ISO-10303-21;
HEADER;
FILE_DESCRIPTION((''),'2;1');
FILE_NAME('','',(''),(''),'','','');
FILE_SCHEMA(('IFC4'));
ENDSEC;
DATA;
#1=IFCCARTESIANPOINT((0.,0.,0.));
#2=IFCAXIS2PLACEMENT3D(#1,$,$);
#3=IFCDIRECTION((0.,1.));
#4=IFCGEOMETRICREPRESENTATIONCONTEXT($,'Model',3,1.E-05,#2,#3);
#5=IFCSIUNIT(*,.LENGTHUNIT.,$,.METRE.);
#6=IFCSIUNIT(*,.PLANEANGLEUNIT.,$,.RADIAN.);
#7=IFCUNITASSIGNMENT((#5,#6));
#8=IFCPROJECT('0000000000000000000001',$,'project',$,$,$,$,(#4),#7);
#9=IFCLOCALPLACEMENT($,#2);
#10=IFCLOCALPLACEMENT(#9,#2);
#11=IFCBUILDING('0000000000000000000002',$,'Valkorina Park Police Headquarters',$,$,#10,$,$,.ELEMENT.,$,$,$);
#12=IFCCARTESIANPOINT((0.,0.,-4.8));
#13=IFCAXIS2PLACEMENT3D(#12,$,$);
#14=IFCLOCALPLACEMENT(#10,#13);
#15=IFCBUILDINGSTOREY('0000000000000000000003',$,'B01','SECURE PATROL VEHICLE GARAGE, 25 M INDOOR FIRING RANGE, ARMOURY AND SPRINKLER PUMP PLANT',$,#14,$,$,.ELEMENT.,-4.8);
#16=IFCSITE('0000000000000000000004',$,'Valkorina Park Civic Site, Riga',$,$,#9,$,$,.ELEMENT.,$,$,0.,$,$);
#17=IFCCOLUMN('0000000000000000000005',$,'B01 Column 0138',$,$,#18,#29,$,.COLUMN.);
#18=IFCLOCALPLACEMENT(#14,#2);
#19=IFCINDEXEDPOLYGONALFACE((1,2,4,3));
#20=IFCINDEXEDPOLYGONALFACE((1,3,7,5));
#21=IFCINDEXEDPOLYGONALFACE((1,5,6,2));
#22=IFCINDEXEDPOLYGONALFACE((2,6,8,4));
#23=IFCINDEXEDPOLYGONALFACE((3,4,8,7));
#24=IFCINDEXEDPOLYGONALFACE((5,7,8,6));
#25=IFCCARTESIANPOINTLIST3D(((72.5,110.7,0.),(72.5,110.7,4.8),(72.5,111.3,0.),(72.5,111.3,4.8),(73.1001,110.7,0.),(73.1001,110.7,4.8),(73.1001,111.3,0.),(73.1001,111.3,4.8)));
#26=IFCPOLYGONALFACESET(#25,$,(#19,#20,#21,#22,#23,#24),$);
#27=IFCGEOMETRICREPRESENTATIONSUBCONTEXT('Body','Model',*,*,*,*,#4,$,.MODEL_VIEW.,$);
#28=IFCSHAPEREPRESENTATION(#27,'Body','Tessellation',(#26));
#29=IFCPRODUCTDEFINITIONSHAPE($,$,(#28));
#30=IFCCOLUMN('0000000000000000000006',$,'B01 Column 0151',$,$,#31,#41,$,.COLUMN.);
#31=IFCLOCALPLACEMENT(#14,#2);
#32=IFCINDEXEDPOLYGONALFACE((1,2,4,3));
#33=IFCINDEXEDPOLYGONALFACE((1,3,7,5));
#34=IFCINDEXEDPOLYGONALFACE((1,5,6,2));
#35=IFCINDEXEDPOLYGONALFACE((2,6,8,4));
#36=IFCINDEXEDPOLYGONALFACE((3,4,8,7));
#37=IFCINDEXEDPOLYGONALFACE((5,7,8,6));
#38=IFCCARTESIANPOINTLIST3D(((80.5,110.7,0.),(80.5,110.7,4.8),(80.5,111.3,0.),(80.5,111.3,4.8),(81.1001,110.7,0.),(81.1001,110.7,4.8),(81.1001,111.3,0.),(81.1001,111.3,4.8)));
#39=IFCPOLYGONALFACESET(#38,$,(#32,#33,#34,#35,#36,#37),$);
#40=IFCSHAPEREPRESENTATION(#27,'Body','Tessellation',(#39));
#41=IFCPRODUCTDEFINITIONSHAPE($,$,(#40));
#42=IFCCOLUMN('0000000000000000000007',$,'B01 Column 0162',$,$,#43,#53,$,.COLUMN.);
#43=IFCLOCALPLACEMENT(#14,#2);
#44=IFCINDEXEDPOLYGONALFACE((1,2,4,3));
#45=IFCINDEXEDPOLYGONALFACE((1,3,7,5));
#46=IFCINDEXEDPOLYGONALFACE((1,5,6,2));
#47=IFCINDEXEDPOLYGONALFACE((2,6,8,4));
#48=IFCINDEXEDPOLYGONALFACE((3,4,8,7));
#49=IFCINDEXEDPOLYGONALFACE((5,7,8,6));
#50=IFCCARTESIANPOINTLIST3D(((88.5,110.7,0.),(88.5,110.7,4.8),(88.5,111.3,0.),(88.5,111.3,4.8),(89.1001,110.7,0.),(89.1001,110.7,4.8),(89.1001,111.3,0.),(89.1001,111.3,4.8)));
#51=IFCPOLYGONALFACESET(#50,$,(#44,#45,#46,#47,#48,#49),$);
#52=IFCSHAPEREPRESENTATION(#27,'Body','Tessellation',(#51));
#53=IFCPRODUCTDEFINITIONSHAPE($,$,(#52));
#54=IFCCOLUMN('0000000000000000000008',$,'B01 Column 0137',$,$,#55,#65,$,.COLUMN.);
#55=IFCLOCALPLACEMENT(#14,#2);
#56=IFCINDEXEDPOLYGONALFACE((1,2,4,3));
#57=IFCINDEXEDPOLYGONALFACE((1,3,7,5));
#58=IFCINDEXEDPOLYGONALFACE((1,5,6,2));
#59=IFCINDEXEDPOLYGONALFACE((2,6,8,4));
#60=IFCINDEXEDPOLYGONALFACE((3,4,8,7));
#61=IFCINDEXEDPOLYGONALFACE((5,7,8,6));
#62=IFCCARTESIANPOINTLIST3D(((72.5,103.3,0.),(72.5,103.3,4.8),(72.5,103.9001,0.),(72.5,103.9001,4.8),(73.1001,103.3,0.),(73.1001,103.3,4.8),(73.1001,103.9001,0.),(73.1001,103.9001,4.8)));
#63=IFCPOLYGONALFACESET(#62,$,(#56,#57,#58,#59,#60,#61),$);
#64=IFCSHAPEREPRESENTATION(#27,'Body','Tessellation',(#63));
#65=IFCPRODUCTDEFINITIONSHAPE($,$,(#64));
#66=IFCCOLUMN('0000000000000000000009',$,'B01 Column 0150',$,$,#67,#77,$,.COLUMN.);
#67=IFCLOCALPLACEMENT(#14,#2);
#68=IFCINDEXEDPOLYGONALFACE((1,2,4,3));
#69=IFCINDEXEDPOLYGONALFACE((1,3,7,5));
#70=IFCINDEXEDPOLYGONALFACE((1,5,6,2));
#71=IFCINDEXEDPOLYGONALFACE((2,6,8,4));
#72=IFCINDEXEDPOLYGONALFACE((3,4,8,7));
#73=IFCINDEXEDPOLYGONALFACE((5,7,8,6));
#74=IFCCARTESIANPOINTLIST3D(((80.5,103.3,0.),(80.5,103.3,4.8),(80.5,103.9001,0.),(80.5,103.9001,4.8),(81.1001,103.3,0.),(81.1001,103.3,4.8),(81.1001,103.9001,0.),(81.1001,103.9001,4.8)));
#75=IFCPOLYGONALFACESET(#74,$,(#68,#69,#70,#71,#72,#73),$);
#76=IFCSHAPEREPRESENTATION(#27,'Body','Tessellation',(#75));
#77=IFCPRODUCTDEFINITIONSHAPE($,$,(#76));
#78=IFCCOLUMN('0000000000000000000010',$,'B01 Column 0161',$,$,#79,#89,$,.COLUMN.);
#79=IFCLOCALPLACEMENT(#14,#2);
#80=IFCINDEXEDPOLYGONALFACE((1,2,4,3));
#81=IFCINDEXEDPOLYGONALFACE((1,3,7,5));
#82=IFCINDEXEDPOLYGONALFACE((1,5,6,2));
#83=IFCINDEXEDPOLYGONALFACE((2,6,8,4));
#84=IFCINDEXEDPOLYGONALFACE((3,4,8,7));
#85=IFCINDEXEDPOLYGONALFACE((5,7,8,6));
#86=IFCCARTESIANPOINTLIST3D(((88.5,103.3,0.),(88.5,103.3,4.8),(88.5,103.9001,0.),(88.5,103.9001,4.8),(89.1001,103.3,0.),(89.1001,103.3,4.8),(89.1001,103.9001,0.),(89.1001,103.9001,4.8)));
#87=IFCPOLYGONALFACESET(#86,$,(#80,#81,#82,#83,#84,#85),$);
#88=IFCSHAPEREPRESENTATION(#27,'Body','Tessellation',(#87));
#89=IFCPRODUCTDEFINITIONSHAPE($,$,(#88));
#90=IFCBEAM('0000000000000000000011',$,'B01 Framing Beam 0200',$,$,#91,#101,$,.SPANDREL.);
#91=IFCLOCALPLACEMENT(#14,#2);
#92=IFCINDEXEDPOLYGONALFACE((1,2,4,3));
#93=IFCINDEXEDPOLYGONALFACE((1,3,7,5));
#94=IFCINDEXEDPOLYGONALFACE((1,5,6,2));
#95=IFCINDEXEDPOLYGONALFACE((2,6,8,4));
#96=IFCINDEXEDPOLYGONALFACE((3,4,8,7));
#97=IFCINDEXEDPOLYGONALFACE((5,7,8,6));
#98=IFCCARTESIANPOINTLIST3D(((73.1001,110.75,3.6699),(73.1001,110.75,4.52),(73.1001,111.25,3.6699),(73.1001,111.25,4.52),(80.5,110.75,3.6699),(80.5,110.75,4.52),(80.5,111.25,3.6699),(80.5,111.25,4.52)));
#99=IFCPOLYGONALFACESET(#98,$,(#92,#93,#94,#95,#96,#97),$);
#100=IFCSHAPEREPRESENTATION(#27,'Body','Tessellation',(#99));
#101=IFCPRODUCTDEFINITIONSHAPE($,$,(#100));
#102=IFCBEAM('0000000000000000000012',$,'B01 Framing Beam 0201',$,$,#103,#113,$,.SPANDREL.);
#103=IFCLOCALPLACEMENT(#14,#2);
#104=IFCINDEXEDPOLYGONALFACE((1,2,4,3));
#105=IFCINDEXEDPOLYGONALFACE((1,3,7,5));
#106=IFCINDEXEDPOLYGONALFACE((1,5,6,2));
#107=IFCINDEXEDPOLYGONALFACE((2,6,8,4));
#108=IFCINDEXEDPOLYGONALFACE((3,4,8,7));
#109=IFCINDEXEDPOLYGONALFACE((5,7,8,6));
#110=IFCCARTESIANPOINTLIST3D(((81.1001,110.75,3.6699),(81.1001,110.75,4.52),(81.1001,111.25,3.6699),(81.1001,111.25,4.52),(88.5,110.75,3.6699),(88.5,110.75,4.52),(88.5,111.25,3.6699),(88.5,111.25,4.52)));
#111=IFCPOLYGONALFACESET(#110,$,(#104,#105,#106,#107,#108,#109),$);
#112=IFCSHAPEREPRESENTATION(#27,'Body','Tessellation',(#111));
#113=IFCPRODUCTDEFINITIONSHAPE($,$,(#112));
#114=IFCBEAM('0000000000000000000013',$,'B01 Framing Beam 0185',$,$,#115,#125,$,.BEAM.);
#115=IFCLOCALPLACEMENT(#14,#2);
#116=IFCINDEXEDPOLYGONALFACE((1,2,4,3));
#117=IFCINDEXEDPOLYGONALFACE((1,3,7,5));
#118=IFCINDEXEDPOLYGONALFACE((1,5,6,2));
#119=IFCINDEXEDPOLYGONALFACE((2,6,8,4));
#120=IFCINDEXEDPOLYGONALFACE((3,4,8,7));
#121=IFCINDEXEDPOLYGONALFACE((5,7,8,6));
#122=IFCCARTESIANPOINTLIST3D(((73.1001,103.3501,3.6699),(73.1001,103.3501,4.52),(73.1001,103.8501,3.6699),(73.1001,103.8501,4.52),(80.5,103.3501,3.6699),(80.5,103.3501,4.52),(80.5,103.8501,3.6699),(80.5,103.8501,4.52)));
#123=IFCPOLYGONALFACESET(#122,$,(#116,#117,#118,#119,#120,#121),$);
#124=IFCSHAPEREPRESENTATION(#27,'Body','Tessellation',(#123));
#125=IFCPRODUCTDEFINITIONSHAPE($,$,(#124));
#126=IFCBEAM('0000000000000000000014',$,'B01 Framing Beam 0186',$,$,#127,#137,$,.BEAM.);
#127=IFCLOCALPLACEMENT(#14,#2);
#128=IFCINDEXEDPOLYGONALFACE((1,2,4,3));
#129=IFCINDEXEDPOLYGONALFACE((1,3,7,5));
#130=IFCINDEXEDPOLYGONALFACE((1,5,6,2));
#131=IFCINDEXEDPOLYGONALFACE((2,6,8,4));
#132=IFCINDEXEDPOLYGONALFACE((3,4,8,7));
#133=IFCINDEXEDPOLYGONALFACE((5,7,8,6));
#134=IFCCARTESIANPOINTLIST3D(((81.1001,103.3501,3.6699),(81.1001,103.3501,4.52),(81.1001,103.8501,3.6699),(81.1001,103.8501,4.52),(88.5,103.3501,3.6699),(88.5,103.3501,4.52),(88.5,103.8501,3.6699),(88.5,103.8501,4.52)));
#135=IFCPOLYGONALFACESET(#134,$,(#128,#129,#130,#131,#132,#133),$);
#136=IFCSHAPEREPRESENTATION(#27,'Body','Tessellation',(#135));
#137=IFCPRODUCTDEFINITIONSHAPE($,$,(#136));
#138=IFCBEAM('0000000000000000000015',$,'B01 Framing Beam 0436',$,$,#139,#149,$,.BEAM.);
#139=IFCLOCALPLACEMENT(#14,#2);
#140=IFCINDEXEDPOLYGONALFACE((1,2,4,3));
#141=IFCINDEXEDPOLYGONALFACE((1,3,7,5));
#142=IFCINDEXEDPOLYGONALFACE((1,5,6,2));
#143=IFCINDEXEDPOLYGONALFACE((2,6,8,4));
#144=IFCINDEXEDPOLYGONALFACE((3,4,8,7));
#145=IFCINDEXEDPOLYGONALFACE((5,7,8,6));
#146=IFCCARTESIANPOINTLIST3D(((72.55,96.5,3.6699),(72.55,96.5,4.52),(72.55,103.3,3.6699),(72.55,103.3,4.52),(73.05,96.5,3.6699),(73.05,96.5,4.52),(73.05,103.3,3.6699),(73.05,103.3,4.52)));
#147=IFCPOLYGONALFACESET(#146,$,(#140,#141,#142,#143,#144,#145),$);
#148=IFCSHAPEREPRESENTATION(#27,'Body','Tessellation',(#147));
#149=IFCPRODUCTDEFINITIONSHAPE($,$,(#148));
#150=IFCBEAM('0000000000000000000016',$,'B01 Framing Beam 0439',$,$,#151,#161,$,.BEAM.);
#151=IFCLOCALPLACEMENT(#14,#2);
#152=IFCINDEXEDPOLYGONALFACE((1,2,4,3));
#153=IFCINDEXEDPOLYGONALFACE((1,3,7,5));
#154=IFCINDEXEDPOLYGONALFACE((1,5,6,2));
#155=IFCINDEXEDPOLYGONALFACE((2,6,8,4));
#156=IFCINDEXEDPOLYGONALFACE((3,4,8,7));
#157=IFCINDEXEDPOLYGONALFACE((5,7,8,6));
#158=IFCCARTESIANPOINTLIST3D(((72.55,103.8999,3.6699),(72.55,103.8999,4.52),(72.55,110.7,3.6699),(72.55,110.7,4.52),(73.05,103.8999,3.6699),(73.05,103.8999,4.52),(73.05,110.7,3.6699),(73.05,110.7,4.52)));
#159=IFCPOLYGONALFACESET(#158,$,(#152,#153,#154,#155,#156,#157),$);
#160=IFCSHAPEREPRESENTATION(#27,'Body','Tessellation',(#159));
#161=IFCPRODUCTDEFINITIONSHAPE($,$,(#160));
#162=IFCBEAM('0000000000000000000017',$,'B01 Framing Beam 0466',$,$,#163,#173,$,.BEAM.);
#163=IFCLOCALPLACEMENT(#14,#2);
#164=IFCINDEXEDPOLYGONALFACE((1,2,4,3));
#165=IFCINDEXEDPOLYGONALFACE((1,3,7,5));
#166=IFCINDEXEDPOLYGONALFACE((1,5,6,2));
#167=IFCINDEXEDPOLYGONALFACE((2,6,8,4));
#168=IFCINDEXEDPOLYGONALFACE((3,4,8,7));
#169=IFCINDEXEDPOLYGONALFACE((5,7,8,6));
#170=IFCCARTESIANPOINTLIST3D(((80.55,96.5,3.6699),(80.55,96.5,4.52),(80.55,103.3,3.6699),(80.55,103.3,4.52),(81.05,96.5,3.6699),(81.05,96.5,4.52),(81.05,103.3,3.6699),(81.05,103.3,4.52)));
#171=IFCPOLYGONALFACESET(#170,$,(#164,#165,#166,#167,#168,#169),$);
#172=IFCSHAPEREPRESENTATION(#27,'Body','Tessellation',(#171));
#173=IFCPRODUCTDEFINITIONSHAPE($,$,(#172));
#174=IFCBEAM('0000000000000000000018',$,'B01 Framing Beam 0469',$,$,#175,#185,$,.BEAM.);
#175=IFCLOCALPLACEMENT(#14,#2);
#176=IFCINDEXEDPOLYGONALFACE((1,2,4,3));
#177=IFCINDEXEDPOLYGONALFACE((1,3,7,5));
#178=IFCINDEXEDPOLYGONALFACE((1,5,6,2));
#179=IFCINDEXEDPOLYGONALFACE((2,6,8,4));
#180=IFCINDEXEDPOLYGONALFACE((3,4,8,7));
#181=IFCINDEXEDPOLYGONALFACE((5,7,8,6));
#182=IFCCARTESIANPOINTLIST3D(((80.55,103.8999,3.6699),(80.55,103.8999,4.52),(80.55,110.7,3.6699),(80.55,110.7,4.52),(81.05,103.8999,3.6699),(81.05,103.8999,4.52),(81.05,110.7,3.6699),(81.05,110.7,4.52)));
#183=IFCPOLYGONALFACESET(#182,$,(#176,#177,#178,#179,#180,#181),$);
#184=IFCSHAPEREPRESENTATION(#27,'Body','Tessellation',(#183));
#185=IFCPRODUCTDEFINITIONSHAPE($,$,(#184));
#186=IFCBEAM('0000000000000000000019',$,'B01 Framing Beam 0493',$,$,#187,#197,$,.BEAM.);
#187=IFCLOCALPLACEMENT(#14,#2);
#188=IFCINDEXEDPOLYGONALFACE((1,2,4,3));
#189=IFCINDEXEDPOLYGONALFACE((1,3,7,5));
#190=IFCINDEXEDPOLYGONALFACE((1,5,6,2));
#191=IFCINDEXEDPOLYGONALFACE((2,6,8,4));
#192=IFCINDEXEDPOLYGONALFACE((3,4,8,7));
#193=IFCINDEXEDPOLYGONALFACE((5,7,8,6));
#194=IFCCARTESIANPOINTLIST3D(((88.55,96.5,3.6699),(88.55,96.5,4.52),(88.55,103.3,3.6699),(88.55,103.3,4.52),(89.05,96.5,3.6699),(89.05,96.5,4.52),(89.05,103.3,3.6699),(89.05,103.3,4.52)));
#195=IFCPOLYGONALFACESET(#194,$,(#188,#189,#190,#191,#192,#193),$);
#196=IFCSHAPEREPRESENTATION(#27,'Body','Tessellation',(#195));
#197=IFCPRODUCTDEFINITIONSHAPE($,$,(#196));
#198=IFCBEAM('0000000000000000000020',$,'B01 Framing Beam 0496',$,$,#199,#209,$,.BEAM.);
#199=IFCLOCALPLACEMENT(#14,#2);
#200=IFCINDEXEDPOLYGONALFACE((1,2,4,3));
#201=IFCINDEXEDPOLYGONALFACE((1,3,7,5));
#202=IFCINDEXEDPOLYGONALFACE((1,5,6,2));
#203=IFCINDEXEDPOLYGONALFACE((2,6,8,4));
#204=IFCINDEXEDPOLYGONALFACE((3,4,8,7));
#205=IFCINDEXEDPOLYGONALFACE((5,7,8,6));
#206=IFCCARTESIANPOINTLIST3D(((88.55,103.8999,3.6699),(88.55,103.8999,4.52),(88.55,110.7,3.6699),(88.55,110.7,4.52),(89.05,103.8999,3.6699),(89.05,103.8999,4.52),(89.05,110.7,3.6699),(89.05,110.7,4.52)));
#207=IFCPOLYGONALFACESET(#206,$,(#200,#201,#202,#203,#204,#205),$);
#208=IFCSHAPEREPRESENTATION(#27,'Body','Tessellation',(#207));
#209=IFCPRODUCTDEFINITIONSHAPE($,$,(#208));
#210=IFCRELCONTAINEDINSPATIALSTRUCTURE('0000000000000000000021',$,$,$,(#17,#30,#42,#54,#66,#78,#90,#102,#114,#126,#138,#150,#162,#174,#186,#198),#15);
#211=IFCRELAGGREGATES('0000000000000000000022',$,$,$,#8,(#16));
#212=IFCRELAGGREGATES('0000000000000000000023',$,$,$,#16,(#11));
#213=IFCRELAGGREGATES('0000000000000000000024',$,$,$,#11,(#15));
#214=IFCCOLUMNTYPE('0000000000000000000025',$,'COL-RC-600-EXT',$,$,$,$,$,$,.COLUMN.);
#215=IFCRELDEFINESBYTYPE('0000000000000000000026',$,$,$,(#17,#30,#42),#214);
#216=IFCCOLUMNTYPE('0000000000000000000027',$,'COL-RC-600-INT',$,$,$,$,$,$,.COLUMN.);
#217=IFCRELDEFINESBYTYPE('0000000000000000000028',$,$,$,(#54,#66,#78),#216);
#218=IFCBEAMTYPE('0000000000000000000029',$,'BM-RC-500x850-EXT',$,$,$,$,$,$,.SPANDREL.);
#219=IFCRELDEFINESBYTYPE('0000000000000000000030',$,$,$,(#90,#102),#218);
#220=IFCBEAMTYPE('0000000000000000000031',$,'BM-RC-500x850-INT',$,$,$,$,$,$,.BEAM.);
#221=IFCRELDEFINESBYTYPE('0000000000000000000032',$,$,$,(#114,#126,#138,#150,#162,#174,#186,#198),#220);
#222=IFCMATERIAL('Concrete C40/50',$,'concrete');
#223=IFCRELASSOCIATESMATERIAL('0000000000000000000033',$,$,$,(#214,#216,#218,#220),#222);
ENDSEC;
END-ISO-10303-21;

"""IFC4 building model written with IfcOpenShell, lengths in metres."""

from ifc_helpers import new_model, si_unit, direction, frame, origin, origin_2d, place, context, subcontext, project, spatial, rectangle, extrude, material, material_profile, profile_set, type_object, element, save


model = new_model("IFC4")

# Units and contexts
model_context = context("Model", 3, precision=1e-05, world=origin(), true_north=direction((0.0, 1.0)))
body_context = subcontext(model_context, "Body", "Model", "MODEL_VIEW")
ifc_project = project(units=[si_unit("LENGTHUNIT", "METRE"), si_unit("PLANEANGLEUNIT", "RADIAN")], contexts=[model_context])

# Site, building, storey
site_placement = place(None, origin())
site = spatial("IfcSite", under=ifc_project, at=site_placement, Name="Valkorina Park Civic Site, Riga", CompositionType="ELEMENT", RefElevation=0.0)
building_placement = place(site_placement, origin())
building = spatial("IfcBuilding", under=site, at=building_placement, Name="Valkorina Park Police Headquarters", CompositionType="ELEMENT")
storey_placement = place(building_placement, frame((0.0, 0.0, -4.8)))
storey = spatial("IfcBuildingStorey", under=building, at=storey_placement, Name="B01", Description="SECURE PATROL VEHICLE GARAGE, 25 M INDOOR FIRING RANGE, ARMOURY AND SPRINKLER PUMP PLANT", CompositionType="ELEMENT", Elevation=-4.8)

# Columns
ifc_material_1 = material(Name="Concrete C40/50", Category="concrete")
ifc_material_profile_1 = material_profile(ifc_material_1, rectangle(XDim=0.6001, YDim=0.6001, at=origin_2d()), Name="RC COL 600x600")
ifc_profile_set_1 = profile_set([ifc_material_profile_1], Name="Concrete C40/50")
column_type_1 = type_object("IfcColumnType", Name="COL-RC-600-EXT", PredefinedType="COLUMN", material=ifc_profile_set_1)
for number, where, z_axis, x_axis, name in (
    (1, (72.8, 111.0, 0.0), (0.0, 0.0, 1.0), (1.0, 0.0, 0.0), "B01 Column 0138"),
    (2, (80.8, 111.0, 0.0), (0.0, 0.0, 1.0), (1.0, 0.0, 0.0), "B01 Column 0151"),
    (3, (88.8, 111.0, 0.0), (0.0, 0.0, 1.0), (1.0, 0.0, 0.0), "B01 Column 0162"),
):
    element("IfcColumn", number, at=place(storey_placement, frame(where, z_axis=z_axis, x_axis=x_axis)), inside=storey, type_object=column_type_1, Name=name, PredefinedType="COLUMN", context=body_context, shape_type="SweptSolid", body=[
        extrude(rectangle(XDim=0.6001, YDim=0.6001, at=origin_2d()), origin(), (0.0, 0.0, 1.0), 4.8),
    ])
ifc_material_profile_2 = material_profile(ifc_material_1, rectangle(XDim=0.6001, YDim=0.6001, at=origin_2d()), Name="RC COL 600x600")
ifc_profile_set_2 = profile_set([ifc_material_profile_2], Name="Concrete C40/50")
column_type_2 = type_object("IfcColumnType", Name="COL-RC-600-INT", PredefinedType="COLUMN", material=ifc_profile_set_2)
for number, where, z_axis, x_axis, name in (
    (4, (72.8, 103.6001, 0.0), (0.0, 0.0, 1.0), (1.0, 0.0, 0.0), "B01 Column 0137"),
    (5, (80.8, 103.6001, 0.0), (0.0, 0.0, 1.0), (1.0, 0.0, 0.0), "B01 Column 0150"),
    (6, (88.8, 103.6001, 0.0), (0.0, 0.0, 1.0), (1.0, 0.0, 0.0), "B01 Column 0161"),
):
    element("IfcColumn", number, at=place(storey_placement, frame(where, z_axis=z_axis, x_axis=x_axis)), inside=storey, type_object=column_type_2, Name=name, PredefinedType="COLUMN", context=body_context, shape_type="SweptSolid", body=[
        extrude(rectangle(XDim=0.6001, YDim=0.6001, at=origin_2d()), origin(), (0.0, 0.0, 1.0), 4.8),
    ])

# Beams
ifc_material_profile_3 = material_profile(ifc_material_1, rectangle(XDim=0.5, YDim=0.8501, at=origin_2d()), Name="RC BEAM 500x850")
ifc_profile_set_3 = profile_set([ifc_material_profile_3], Name="Concrete C40/50")
beam_type_1 = type_object("IfcBeamType", Name="BM-RC-500x850-EXT", PredefinedType="SPANDREL", material=ifc_profile_set_3)
for number, where, z_axis, x_axis, name in (
    (7, (73.1001, 111.0, 4.095), (1.0, 0.0, 0.0), (0.0, 1.0, 0.0), "B01 Framing Beam 0200"),
    (8, (81.1001, 111.0, 4.095), (1.0, 0.0, 0.0), (0.0, 1.0, 0.0), "B01 Framing Beam 0201"),
):
    element("IfcBeam", number, at=place(storey_placement, frame(where, z_axis=z_axis, x_axis=x_axis)), inside=storey, type_object=beam_type_1, Name=name, PredefinedType="SPANDREL", context=body_context, shape_type="SweptSolid", body=[
        extrude(rectangle(XDim=0.5, YDim=0.8501, at=origin_2d()), origin(), (0.0, 0.0, 1.0), 7.3999),
    ])
ifc_material_profile_4 = material_profile(ifc_material_1, rectangle(XDim=0.5, YDim=0.8501, at=origin_2d()), Name="RC BEAM 500x850")
ifc_profile_set_4 = profile_set([ifc_material_profile_4], Name="Concrete C40/50")
beam_type_2 = type_object("IfcBeamType", Name="BM-RC-500x850-INT", PredefinedType="BEAM", material=ifc_profile_set_4)
for number, where, z_axis, x_axis, name in (
    (9, (73.1001, 103.6001, 4.095), (1.0, 0.0, 0.0), (0.0, 1.0, 0.0), "B01 Framing Beam 0185"),
    (10, (81.1001, 103.6001, 4.095), (1.0, 0.0, 0.0), (0.0, 1.0, 0.0), "B01 Framing Beam 0186"),
):
    element("IfcBeam", number, at=place(storey_placement, frame(where, z_axis=z_axis, x_axis=x_axis)), inside=storey, type_object=beam_type_2, Name=name, PredefinedType="BEAM", context=body_context, shape_type="SweptSolid", body=[
        extrude(rectangle(XDim=0.5, YDim=0.8501, at=origin_2d()), origin(), (0.0, 0.0, 1.0), 7.3999),
    ])
for number, where, z_axis, x_axis, name in (
    (11, (72.8, 96.5, 4.095), (0.0, 1.0, 0.0), (-1.0, 0.0, 0.0), "B01 Framing Beam 0436"),
    (12, (72.8, 103.8999, 4.095), (0.0, 1.0, 0.0), (-1.0, 0.0, 0.0), "B01 Framing Beam 0439"),
    (13, (80.8, 96.5, 4.095), (0.0, 1.0, 0.0), (-1.0, 0.0, 0.0), "B01 Framing Beam 0466"),
    (14, (80.8, 103.8999, 4.095), (0.0, 1.0, 0.0), (-1.0, 0.0, 0.0), "B01 Framing Beam 0469"),
    (15, (88.8, 96.5, 4.095), (0.0, 1.0, 0.0), (-1.0, 0.0, 0.0), "B01 Framing Beam 0493"),
    (16, (88.8, 103.8999, 4.095), (0.0, 1.0, 0.0), (-1.0, 0.0, 0.0), "B01 Framing Beam 0496"),
):
    element("IfcBeam", number, at=place(storey_placement, frame(where, z_axis=z_axis, x_axis=x_axis)), inside=storey, type_object=beam_type_2, Name=name, PredefinedType="BEAM", context=body_context, shape_type="SweptSolid", body=[
        extrude(rectangle(XDim=0.5, YDim=0.8501, at=origin_2d()), origin(), (0.0, 0.0, 1.0), 6.8),
    ])

save(model, "model.ifc")
